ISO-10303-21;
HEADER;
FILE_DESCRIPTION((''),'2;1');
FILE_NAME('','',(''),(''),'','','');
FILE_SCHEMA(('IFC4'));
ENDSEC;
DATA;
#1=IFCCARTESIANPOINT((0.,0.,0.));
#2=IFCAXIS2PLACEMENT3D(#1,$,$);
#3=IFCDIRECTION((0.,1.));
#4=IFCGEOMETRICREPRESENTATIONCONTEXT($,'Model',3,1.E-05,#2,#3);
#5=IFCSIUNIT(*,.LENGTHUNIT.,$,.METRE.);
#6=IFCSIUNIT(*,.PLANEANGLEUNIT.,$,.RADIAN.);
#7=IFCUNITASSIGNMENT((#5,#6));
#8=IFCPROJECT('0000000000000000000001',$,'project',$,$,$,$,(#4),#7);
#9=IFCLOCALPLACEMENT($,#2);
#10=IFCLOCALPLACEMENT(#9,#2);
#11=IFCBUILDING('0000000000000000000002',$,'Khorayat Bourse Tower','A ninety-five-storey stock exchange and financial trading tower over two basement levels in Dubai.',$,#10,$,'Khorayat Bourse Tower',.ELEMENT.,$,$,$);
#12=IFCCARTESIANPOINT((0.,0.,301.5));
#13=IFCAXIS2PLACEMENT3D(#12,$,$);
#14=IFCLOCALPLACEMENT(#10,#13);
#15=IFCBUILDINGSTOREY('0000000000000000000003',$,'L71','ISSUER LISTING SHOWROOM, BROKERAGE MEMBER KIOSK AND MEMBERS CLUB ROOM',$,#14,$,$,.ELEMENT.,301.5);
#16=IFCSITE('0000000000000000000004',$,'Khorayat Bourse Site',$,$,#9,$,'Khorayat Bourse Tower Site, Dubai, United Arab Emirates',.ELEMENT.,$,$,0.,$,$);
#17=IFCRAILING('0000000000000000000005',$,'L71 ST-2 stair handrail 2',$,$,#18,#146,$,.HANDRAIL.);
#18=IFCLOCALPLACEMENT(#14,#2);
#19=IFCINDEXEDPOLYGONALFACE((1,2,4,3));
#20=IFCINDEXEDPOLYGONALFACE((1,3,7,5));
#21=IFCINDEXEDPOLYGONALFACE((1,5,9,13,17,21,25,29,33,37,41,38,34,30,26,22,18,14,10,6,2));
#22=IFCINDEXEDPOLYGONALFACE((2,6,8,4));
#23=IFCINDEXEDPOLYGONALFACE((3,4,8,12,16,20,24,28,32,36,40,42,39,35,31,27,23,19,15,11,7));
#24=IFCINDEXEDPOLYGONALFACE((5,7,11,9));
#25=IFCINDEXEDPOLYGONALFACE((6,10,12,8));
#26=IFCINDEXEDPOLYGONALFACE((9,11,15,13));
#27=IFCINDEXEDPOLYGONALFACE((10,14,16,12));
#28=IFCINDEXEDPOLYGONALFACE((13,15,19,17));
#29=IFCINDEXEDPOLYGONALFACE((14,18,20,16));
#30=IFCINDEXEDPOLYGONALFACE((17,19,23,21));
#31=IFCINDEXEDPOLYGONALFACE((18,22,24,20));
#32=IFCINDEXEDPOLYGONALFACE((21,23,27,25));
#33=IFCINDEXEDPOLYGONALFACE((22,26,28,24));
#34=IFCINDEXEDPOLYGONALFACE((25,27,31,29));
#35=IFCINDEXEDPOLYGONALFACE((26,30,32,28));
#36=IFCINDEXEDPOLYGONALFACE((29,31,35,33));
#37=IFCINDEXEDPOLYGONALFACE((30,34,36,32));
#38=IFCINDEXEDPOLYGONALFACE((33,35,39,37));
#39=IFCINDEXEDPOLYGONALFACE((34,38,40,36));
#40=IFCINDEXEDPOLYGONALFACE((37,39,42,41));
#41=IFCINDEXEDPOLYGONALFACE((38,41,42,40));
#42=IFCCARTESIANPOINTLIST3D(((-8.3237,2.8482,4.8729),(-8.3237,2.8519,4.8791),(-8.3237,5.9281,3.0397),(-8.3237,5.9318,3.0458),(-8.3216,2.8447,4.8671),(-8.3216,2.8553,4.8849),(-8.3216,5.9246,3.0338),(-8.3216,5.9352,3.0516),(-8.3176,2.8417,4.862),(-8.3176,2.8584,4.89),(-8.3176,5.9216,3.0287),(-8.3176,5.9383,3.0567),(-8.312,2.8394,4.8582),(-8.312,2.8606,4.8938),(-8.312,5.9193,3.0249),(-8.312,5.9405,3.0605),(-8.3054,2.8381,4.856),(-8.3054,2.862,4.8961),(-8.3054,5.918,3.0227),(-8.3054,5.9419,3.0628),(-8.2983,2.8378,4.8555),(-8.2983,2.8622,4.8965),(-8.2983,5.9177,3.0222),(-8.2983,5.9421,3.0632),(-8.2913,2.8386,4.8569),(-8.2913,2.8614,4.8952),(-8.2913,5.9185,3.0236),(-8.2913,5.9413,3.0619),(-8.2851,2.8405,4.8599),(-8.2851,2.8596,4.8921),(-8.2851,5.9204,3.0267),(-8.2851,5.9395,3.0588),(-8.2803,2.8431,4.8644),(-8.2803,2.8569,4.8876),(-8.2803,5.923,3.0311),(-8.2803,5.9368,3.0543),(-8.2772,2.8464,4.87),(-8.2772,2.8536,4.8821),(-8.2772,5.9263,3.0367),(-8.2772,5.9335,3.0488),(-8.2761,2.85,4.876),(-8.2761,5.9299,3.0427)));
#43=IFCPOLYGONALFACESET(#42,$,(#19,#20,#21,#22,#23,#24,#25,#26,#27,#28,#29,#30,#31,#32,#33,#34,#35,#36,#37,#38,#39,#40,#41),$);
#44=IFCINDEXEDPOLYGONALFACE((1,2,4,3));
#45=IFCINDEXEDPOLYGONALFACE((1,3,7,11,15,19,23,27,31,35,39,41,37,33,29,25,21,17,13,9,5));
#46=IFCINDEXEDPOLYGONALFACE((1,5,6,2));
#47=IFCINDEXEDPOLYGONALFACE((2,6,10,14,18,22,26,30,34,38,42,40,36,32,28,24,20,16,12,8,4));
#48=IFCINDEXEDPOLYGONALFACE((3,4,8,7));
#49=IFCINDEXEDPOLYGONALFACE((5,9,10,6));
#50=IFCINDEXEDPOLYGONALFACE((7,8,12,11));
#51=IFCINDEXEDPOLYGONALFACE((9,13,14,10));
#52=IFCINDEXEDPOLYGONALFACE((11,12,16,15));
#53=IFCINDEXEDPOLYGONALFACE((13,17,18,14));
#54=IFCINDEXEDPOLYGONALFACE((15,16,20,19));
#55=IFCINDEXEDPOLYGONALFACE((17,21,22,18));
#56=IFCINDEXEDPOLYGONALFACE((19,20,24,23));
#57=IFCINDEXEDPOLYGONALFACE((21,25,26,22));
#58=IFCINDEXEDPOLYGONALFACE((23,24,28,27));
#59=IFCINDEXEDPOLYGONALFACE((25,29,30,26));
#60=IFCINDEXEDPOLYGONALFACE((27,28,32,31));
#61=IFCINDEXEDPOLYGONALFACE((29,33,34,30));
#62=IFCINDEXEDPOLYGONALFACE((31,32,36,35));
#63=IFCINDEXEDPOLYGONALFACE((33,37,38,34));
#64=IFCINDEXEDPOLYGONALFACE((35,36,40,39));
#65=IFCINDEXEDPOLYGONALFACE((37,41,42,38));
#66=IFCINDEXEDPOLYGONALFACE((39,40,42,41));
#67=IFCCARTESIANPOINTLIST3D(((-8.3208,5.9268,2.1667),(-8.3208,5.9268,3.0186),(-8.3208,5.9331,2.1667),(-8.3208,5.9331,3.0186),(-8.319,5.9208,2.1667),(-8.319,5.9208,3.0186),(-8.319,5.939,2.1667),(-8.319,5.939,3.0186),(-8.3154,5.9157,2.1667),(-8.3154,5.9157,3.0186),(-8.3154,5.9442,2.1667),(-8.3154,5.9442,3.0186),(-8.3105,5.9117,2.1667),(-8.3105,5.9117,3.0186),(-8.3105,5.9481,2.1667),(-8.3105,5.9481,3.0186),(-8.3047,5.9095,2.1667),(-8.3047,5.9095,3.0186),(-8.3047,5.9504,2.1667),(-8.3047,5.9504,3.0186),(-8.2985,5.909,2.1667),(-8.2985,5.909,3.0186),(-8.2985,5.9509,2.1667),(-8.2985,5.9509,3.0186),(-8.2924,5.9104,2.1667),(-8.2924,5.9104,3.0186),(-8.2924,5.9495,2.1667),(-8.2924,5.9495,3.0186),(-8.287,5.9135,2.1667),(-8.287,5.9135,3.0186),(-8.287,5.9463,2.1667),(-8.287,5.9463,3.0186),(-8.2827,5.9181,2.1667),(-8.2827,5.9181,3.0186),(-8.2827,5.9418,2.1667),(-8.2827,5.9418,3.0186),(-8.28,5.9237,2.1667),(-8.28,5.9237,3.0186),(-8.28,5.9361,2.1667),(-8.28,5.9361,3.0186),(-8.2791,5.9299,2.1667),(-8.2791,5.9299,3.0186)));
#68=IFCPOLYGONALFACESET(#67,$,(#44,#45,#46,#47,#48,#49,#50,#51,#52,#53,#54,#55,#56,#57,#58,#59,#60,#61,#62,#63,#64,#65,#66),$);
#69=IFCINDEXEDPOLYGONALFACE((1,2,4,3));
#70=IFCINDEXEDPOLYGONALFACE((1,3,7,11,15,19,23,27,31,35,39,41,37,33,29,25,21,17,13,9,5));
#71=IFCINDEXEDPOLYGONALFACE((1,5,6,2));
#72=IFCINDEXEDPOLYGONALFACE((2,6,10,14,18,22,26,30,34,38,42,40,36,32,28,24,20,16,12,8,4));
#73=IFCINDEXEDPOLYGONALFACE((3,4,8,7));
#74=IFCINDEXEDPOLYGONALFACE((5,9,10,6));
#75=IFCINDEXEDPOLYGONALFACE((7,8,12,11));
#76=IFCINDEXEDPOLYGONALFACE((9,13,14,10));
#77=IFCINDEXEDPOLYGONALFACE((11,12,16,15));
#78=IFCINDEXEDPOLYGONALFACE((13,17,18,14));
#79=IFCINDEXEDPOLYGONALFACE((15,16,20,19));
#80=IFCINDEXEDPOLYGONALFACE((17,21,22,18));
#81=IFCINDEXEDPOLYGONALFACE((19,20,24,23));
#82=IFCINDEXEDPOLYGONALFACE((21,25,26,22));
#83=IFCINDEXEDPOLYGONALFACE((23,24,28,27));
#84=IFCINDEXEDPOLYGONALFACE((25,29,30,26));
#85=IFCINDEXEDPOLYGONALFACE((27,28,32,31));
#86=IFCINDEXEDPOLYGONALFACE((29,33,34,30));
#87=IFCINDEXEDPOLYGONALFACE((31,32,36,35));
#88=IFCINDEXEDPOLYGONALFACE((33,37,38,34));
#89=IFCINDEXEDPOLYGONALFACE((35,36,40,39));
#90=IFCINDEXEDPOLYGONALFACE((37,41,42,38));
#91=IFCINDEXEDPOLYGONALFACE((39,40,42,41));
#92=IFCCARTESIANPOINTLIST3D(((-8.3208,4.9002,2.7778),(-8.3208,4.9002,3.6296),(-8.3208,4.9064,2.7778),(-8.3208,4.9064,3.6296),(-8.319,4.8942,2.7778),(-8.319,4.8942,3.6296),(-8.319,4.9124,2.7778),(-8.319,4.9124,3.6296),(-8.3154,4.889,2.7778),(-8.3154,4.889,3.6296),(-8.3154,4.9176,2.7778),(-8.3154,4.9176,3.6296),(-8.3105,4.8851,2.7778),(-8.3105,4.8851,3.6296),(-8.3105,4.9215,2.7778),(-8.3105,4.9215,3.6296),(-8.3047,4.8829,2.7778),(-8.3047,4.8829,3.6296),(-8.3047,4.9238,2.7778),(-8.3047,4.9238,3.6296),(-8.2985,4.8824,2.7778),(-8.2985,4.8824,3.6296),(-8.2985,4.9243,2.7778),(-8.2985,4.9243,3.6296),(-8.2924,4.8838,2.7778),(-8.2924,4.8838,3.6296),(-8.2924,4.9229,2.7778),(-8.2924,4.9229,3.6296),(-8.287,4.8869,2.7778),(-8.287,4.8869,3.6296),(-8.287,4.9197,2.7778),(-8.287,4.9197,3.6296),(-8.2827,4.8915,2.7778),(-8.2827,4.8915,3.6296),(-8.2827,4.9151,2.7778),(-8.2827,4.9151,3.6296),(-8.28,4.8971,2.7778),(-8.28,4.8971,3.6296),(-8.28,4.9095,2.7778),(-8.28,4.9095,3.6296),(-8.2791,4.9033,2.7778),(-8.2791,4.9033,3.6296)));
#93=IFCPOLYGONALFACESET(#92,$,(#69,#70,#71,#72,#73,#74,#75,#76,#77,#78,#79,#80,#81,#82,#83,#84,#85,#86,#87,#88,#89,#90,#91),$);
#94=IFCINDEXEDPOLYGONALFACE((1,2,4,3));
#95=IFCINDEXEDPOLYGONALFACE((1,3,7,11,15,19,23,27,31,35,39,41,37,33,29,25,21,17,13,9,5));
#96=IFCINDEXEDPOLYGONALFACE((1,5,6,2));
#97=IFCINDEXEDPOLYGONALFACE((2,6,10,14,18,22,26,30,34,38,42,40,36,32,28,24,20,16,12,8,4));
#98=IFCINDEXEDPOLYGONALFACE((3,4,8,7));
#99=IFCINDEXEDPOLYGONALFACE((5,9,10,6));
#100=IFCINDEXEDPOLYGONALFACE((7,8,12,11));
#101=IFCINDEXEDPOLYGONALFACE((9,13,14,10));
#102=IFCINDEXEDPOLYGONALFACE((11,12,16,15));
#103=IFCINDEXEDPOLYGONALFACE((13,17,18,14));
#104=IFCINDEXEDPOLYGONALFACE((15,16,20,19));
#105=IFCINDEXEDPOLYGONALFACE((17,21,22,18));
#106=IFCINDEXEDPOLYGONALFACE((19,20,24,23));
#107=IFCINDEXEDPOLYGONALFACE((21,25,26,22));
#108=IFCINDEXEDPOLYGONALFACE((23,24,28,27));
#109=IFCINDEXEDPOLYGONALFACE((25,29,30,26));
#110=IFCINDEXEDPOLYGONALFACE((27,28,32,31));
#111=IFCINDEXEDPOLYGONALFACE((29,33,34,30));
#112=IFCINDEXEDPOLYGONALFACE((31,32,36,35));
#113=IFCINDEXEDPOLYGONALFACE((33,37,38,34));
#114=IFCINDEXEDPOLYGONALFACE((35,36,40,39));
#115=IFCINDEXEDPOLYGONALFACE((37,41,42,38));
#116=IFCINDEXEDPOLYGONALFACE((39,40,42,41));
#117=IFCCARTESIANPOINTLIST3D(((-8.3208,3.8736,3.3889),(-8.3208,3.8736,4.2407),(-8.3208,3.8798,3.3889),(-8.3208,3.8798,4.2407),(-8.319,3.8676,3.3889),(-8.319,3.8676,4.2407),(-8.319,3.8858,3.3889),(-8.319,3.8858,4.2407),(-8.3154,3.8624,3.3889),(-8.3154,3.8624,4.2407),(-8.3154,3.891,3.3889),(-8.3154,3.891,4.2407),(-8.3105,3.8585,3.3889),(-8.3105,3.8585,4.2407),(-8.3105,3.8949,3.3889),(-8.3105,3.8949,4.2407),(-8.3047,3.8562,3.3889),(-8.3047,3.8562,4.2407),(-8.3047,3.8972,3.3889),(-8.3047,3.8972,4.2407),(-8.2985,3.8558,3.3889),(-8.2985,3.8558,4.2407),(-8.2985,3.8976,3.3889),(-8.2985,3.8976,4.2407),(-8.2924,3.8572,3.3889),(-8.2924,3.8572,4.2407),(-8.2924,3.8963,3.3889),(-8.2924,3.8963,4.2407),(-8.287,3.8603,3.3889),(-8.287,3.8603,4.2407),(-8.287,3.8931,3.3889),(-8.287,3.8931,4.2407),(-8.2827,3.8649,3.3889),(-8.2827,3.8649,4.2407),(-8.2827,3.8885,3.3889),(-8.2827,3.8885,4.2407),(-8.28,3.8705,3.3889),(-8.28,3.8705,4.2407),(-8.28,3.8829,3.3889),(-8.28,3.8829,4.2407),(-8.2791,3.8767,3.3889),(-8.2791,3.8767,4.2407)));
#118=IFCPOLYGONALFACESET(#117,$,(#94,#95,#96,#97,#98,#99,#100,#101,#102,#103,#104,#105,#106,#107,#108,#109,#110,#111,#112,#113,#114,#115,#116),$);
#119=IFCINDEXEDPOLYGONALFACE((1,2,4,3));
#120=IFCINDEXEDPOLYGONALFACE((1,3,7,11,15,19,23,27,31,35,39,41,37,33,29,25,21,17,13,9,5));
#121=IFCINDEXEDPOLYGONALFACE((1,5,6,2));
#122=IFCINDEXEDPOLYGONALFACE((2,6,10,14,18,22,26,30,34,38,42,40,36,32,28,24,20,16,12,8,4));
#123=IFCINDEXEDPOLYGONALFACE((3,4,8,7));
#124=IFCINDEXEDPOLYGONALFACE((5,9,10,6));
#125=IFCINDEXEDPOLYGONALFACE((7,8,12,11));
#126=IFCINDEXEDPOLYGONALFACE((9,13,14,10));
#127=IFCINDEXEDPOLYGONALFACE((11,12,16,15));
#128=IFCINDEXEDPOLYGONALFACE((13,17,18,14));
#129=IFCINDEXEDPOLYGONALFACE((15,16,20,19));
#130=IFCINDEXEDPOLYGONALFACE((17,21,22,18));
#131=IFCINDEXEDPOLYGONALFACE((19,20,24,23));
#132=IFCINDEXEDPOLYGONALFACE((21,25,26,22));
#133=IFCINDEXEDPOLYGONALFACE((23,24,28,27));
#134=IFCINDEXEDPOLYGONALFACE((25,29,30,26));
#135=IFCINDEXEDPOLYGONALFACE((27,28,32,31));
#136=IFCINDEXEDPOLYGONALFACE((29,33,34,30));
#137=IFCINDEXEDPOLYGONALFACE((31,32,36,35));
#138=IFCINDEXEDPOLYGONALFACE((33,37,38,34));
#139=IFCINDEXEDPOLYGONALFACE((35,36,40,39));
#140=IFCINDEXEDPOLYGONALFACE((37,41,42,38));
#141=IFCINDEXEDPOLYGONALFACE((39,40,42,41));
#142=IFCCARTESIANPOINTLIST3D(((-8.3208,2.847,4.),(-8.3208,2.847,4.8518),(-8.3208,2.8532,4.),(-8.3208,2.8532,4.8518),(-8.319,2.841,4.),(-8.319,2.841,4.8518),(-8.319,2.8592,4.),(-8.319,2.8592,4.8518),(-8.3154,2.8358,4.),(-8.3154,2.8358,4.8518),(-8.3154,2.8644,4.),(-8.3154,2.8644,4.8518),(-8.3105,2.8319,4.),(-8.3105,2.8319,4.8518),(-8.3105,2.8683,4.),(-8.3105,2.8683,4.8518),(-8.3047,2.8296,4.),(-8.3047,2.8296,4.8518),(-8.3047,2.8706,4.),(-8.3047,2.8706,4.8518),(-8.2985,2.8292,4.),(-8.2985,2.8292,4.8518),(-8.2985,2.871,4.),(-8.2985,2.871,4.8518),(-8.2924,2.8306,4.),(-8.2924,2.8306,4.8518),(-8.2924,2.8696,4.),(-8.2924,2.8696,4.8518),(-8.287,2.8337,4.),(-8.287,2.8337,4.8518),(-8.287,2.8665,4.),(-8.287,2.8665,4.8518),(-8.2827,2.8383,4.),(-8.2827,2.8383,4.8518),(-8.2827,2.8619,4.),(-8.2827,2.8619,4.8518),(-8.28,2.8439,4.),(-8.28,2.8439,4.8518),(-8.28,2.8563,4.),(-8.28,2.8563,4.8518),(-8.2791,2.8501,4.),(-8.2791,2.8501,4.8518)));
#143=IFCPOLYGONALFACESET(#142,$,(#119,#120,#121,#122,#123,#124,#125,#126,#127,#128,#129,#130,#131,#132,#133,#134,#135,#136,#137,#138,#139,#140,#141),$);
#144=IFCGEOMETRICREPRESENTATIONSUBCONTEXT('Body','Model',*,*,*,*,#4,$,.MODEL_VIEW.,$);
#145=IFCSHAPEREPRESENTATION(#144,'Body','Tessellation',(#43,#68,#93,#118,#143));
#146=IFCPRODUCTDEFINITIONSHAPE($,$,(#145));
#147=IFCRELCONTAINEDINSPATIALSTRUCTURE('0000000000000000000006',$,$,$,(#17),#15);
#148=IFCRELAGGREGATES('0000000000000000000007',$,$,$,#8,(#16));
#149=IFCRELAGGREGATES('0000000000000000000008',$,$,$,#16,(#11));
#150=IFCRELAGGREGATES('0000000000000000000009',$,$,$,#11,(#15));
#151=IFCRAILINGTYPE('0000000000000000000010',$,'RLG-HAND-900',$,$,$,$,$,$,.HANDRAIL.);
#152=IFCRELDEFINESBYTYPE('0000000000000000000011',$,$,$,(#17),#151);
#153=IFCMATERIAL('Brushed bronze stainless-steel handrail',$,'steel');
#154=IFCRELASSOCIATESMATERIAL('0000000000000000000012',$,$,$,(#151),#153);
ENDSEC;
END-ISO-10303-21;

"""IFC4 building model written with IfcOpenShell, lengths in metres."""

from ifc_helpers import new_model, si_unit, direction, frame, origin, origin_2d, place, context, subcontext, project, spatial, circle, extrude, source, transform, mapped, material, type_object, element, save


model = new_model("IFC4")

# Units and contexts
model_context = context("Model", 3, precision=1e-05, world=origin(), true_north=direction((0.0, 1.0)))
body_context = subcontext(model_context, "Body", "Model", "MODEL_VIEW")
ifc_project = project(units=[si_unit("LENGTHUNIT", "METRE"), si_unit("PLANEANGLEUNIT", "RADIAN")], contexts=[model_context])

# Site, building, storey
site_placement = place(None, origin())
site = spatial("IfcSite", under=ifc_project, at=site_placement, Name="Khorayat Bourse Site", LongName="Khorayat Bourse Tower Site, Dubai, United Arab Emirates", CompositionType="ELEMENT", RefElevation=0.0)
building_placement = place(site_placement, origin())
building = spatial("IfcBuilding", under=site, at=building_placement, Name="Khorayat Bourse Tower", Description="A ninety-five-storey stock exchange and financial trading tower over two basement levels in Dubai.", LongName="Khorayat Bourse Tower", CompositionType="ELEMENT")
storey_placement = place(building_placement, frame((0.0, 0.0, 301.5)))
storey = spatial("IfcBuildingStorey", under=building, at=storey_placement, Name="L71", Description="ISSUER LISTING SHOWROOM, BROKERAGE MEMBER KIOSK AND MEMBERS CLUB ROOM", CompositionType="ELEMENT", Elevation=301.5)

# Railing
ifc_material_1 = material(Name="Brushed bronze stainless-steel handrail", Category="steel")
railing_type_1 = type_object("IfcRailingType", Name="RLG-HAND-900", PredefinedType="HANDRAIL", material=ifc_material_1)
shared_shape_1 = source(origin(), body_context, "Body", "SweptSolid", [
    extrude(circle(Radius=0.0239, at=origin_2d()), frame((0.0, 0.0, 0.876), z_axis=(0.0, -0.859291, 0.511487), x_axis=(1.0, 0.0, 0.0)), (0.0, 0.0, 1.0), 3.5842),
    extrude(circle(Radius=0.021, at=origin_2d()), origin(), (0.0, 0.0, 1.0), 0.8518),
    extrude(circle(Radius=0.021, at=origin_2d()), frame((0.0, -1.0266, 0.6111)), (0.0, 0.0, 1.0), 0.8518),
    extrude(circle(Radius=0.021, at=origin_2d()), frame((0.0, -2.0532, 1.2222)), (0.0, 0.0, 1.0), 0.8518),
    extrude(circle(Radius=0.021, at=origin_2d()), frame((0.0, -3.0798, 1.8333)), (0.0, 0.0, 1.0), 0.8518),
])
railing_1_placement = place(storey_placement, frame((-8.3, 5.9299, 2.1667)))
element("IfcRailing", 1, at=railing_1_placement, inside=storey, type_object=railing_type_1, Name="L71 ST-2 stair handrail 2", PredefinedType="HANDRAIL", context=body_context, shape_type="MappedRepresentation", body=[
    mapped(shared_shape_1, transform((0.0, 0.0, 0.0), scale=1.0)),
])

save(model, "model.ifc")
